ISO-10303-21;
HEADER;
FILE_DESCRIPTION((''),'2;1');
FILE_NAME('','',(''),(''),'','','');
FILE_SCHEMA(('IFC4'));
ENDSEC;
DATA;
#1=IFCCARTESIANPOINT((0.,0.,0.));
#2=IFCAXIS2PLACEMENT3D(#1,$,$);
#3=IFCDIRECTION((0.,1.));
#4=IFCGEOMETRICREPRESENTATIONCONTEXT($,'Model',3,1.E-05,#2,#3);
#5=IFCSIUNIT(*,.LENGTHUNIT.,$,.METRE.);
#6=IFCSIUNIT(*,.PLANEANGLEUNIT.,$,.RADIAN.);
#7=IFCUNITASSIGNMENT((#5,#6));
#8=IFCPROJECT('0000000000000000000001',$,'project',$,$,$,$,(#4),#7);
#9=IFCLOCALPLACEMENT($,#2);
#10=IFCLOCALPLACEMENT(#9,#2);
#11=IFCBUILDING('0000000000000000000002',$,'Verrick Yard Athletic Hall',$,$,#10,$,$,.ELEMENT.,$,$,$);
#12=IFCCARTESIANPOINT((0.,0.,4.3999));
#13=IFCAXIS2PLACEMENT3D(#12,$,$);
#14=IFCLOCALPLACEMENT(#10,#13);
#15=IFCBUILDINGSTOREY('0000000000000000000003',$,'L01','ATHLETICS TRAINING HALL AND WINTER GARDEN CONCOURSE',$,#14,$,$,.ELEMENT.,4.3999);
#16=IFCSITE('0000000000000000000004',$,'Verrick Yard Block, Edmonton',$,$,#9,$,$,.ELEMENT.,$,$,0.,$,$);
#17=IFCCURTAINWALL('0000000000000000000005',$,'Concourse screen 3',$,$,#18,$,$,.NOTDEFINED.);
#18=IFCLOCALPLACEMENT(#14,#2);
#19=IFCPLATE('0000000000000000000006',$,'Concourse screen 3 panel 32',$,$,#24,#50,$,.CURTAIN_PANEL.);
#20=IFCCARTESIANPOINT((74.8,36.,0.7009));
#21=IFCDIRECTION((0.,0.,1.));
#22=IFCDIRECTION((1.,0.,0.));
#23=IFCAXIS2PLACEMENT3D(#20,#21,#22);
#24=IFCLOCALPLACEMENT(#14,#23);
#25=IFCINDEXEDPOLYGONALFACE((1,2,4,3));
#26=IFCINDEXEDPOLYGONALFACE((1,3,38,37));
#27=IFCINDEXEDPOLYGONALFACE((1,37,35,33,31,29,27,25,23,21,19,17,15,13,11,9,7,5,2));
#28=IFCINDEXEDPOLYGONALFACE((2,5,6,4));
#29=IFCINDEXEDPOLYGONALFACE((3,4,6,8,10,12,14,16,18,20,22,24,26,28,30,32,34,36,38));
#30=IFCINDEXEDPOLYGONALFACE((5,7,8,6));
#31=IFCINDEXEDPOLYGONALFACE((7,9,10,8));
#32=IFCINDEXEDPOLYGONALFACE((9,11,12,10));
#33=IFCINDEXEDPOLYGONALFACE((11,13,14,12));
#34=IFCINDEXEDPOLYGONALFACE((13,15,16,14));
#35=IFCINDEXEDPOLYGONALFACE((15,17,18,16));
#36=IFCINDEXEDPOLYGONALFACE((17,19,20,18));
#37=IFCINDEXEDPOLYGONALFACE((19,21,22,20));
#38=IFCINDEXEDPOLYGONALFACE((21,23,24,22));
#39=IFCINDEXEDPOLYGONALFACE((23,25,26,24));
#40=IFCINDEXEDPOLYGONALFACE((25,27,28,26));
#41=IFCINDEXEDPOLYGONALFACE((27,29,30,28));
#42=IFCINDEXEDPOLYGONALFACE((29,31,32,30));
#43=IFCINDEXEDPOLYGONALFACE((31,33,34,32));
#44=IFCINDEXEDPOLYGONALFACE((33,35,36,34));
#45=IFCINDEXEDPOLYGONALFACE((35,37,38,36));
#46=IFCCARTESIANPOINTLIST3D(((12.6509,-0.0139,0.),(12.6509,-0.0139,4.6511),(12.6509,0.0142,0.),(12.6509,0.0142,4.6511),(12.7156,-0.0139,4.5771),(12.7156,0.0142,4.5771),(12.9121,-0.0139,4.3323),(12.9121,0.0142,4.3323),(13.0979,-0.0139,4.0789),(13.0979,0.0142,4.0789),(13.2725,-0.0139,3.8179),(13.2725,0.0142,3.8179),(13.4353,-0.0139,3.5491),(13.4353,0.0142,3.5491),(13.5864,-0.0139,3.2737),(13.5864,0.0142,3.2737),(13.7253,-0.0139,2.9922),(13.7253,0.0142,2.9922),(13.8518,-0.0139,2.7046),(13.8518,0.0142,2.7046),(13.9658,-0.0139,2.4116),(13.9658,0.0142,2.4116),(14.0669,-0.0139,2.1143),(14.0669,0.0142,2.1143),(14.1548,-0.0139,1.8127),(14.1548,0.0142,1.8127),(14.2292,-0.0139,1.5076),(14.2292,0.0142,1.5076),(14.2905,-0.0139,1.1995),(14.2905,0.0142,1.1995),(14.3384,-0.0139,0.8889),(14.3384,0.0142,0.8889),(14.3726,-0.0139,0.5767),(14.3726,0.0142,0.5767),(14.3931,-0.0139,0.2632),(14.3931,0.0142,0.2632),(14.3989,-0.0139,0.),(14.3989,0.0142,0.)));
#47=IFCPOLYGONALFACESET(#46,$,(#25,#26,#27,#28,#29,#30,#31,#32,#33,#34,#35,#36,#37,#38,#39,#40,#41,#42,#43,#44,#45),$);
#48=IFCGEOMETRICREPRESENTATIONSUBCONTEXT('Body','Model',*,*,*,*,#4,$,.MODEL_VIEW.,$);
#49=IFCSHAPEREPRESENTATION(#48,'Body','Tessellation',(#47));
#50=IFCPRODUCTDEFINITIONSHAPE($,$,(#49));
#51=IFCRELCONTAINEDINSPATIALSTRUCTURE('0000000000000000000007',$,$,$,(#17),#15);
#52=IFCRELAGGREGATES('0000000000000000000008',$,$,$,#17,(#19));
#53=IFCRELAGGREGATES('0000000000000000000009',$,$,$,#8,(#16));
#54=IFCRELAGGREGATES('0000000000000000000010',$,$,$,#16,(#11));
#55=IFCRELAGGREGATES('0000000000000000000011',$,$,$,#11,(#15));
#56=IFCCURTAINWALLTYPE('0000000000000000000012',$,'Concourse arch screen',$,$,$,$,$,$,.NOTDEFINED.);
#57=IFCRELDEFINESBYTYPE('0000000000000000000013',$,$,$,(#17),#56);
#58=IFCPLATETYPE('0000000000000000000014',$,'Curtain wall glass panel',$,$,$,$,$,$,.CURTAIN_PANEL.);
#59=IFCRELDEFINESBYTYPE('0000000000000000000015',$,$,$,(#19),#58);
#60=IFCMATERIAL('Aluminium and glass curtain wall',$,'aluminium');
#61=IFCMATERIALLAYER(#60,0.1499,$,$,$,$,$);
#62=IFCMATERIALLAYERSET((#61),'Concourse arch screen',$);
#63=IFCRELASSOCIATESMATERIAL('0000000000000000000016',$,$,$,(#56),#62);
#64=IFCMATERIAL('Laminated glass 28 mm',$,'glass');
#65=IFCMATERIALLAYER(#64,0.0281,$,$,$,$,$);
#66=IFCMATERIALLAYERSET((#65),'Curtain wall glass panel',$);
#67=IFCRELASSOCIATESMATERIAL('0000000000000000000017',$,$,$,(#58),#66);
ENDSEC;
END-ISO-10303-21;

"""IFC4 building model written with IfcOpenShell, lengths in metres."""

from ifc_helpers import new_model, si_unit, direction, frame, origin, place, context, subcontext, project, spatial, polyline, outline, extrude, material, layer, layer_set, type_object, element, aggregate, save


model = new_model("IFC4")

# Units and contexts
model_context = context("Model", 3, precision=1e-05, world=origin(), true_north=direction((0.0, 1.0)))
body_context = subcontext(model_context, "Body", "Model", "MODEL_VIEW")
ifc_project = project(units=[si_unit("LENGTHUNIT", "METRE"), si_unit("PLANEANGLEUNIT", "RADIAN")], contexts=[model_context])

# Site, building, storey
site_placement = place(None, origin())
site = spatial("IfcSite", under=ifc_project, at=site_placement, Name="Verrick Yard Block, Edmonton", CompositionType="ELEMENT", RefElevation=0.0)
building_placement = place(site_placement, origin())
building = spatial("IfcBuilding", under=site, at=building_placement, Name="Verrick Yard Athletic Hall", CompositionType="ELEMENT")
storey_placement = place(building_placement, frame((0.0, 0.0, 4.3999)))
storey = spatial("IfcBuildingStorey", under=building, at=storey_placement, Name="L01", Description="ATHLETICS TRAINING HALL AND WINTER GARDEN CONCOURSE", CompositionType="ELEMENT", Elevation=4.3999)

# Curtain wall, plate
ifc_material_1 = material(Name="Aluminium and glass curtain wall", Category="aluminium")
ifc_layer_1 = layer(ifc_material_1, 0.1499)
ifc_layer_set_1 = layer_set([ifc_layer_1], Name="Concourse arch screen")
curtain_wall_type = type_object("IfcCurtainWallType", Name="Concourse arch screen", PredefinedType="NOTDEFINED", material=ifc_layer_set_1)
curtain_wall_placement = place(storey_placement, origin())
curtain_wall = element("IfcCurtainWall", 1, at=curtain_wall_placement, inside=storey, type_object=curtain_wall_type, Name="Concourse screen 3", PredefinedType="NOTDEFINED")
ifc_material_2 = material(Name="Laminated glass 28 mm", Category="glass")
ifc_layer_2 = layer(ifc_material_2, 0.0281)
ifc_layer_set_2 = layer_set([ifc_layer_2], Name="Curtain wall glass panel")
plate_type = type_object("IfcPlateType", Name="Curtain wall glass panel", PredefinedType="CURTAIN_PANEL", material=ifc_layer_set_2)
plate_1_placement = place(storey_placement, frame((74.8, 36.0, 0.7009), z_axis=(0.0, 0.0, 1.0), x_axis=(1.0, 0.0, 0.0)))
plate_1 = element("IfcPlate", 2, at=plate_1_placement, type_object=plate_type, Name="Concourse screen 3 panel 32", PredefinedType="CURTAIN_PANEL", context=body_context, shape_type="SweptSolid", body=[
    extrude(outline(polyline([(14.3989, 0.0), (14.3931, 0.2632), (14.3726, 0.5767), (14.3384, 0.8889), (14.2905, 1.1995), (14.2292, 1.5076), (14.1548, 1.8127), (14.0669, 2.1143), (13.9658, 2.4116), (13.8518, 2.7046), (13.7253, 2.9922), (13.5864, 3.2737), (13.4353, 3.5491), (13.2725, 3.8179), (13.0979, 4.0789), (12.9121, 4.3323), (12.7156, 4.5771), (12.6509, 4.6511), (12.6509, 0.0), (14.3989, 0.0)])), frame((0.0, 0.0142, 0.0), z_axis=(0.0, -1.0, 0.0), x_axis=(1.0, 0.0, 0.0)), (0.0, 0.0, 1.0), 0.0281),
])
aggregate(curtain_wall, [plate_1])

save(model, "model.ifc")
